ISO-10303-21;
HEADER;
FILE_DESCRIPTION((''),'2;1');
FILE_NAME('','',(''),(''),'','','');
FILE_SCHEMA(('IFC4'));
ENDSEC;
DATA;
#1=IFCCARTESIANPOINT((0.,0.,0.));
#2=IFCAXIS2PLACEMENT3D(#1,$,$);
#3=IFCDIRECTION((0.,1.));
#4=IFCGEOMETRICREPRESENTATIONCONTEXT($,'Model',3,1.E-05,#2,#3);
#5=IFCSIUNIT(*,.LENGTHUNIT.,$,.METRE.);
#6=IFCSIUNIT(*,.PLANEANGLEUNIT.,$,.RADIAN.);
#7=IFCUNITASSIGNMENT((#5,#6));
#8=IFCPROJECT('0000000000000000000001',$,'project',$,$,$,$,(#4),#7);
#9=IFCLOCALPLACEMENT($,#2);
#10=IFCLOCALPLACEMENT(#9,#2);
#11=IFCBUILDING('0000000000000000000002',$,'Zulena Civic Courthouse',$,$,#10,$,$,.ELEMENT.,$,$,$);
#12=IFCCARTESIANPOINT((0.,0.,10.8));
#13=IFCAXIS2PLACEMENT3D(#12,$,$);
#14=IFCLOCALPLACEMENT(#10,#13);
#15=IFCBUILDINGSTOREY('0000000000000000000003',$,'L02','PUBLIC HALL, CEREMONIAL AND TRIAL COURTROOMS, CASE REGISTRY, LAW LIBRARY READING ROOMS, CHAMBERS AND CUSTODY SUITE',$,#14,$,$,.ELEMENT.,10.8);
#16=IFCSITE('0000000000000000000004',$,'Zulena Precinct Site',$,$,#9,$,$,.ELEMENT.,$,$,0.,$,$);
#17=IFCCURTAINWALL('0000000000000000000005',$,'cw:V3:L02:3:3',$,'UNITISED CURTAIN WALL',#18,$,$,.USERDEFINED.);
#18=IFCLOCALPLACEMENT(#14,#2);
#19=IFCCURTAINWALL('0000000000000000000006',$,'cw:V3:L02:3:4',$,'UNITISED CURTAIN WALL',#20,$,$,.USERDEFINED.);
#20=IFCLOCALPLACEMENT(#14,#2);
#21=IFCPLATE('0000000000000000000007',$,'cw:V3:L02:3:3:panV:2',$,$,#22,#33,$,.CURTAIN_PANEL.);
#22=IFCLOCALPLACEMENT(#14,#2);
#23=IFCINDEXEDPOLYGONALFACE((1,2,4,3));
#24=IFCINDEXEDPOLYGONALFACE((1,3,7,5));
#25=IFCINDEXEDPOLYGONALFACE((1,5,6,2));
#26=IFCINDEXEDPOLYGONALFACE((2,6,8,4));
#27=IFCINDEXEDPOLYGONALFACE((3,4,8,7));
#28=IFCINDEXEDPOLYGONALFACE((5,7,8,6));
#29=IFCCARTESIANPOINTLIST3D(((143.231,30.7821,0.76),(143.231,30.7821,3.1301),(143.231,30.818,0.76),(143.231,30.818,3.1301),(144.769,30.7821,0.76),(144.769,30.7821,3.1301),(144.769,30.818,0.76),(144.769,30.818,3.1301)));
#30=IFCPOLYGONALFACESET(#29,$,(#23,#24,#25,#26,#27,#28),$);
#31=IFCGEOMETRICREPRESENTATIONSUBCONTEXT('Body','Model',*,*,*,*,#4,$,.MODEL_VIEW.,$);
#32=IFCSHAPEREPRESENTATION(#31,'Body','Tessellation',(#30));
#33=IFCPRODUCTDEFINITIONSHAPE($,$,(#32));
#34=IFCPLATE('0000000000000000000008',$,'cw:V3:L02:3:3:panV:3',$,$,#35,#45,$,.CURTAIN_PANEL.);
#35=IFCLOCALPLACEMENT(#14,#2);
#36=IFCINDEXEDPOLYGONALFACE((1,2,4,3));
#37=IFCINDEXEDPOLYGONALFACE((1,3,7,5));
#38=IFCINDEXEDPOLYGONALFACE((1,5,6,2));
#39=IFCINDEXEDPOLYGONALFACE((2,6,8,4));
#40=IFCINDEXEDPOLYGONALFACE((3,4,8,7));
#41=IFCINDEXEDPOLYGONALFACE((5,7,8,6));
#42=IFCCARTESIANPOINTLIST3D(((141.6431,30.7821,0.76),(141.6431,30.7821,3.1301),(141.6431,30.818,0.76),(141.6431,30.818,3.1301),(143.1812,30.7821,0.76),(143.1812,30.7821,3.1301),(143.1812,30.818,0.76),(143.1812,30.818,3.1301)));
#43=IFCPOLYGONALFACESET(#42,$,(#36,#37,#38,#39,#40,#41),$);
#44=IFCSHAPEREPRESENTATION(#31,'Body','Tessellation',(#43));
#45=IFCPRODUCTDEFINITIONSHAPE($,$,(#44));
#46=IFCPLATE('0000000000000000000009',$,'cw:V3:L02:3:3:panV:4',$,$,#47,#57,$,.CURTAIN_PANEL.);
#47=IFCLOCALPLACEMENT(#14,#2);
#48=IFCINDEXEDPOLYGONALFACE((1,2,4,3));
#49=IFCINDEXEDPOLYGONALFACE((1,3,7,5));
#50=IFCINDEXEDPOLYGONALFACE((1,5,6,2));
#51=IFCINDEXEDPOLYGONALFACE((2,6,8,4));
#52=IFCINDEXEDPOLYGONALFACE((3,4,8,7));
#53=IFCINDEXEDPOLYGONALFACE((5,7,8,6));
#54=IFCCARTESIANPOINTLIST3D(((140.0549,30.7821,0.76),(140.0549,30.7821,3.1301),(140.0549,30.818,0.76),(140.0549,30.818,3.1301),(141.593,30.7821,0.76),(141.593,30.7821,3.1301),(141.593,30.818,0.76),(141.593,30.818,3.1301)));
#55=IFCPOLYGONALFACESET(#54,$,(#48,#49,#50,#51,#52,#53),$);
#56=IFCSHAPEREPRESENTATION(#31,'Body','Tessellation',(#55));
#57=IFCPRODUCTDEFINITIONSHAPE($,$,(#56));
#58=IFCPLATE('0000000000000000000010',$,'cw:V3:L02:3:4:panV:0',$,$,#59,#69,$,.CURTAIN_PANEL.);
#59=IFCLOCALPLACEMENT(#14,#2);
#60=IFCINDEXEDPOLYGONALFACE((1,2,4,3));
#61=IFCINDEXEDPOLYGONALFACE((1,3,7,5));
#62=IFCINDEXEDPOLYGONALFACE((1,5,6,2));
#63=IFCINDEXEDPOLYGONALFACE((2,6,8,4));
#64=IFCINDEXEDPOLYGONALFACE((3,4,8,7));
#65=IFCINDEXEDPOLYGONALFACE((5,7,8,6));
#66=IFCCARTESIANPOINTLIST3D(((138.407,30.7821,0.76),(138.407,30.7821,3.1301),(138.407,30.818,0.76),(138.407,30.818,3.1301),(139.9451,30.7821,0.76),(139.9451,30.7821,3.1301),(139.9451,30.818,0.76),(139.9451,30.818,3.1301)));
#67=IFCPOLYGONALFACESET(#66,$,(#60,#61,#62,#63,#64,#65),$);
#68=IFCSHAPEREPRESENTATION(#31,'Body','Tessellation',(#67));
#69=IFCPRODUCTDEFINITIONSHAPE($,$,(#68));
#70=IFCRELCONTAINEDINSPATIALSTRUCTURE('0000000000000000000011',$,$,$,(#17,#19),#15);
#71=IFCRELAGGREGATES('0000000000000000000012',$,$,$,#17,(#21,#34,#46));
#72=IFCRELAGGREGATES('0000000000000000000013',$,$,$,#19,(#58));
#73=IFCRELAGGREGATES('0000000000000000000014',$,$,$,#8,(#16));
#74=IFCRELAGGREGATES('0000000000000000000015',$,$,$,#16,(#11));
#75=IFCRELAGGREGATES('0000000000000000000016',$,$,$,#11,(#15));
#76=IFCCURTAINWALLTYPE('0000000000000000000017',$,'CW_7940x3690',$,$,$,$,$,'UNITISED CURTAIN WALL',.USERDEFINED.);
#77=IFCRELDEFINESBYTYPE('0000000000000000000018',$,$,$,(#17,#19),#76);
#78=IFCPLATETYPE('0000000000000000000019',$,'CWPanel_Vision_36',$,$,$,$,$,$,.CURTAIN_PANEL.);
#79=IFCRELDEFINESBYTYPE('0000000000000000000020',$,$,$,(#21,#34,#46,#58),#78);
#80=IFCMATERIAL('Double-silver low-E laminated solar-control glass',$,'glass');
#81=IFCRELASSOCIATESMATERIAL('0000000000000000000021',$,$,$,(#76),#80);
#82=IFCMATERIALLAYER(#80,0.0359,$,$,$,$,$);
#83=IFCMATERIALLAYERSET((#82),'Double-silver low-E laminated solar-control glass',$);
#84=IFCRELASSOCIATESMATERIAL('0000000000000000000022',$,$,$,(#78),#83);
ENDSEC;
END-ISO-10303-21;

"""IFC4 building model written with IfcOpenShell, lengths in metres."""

from ifc_helpers import new_model, si_unit, direction, frame, origin, origin_2d, place, context, subcontext, project, spatial, rectangle, extrude, material, layer, layer_set, type_object, element, aggregate, save


model = new_model("IFC4")

# Units and contexts
model_context = context("Model", 3, precision=1e-05, world=origin(), true_north=direction((0.0, 1.0)))
body_context = subcontext(model_context, "Body", "Model", "MODEL_VIEW")
ifc_project = project(units=[si_unit("LENGTHUNIT", "METRE"), si_unit("PLANEANGLEUNIT", "RADIAN")], contexts=[model_context])

# Site, building, storey
site_placement = place(None, origin())
site = spatial("IfcSite", under=ifc_project, at=site_placement, Name="Zulena Precinct Site", CompositionType="ELEMENT", RefElevation=0.0)
building_placement = place(site_placement, origin())
building = spatial("IfcBuilding", under=site, at=building_placement, Name="Zulena Civic Courthouse", CompositionType="ELEMENT")
storey_placement = place(building_placement, frame((0.0, 0.0, 10.8)))
storey = spatial("IfcBuildingStorey", under=building, at=storey_placement, Name="L02", Description="PUBLIC HALL, CEREMONIAL AND TRIAL COURTROOMS, CASE REGISTRY, LAW LIBRARY READING ROOMS, CHAMBERS AND CUSTODY SUITE", CompositionType="ELEMENT", Elevation=10.8)

# Shared definitions
ifc_material_1 = material(Name="Double-silver low-E laminated solar-control glass", Category="glass")
curtain_wall_type = type_object("IfcCurtainWallType", Name="CW_7940x3690", ElementType="UNITISED CURTAIN WALL", PredefinedType="USERDEFINED", material=ifc_material_1)

# Curtain wall
curtain_wall_1_placement = place(storey_placement, origin())
curtain_wall_1 = element("IfcCurtainWall", 1, at=curtain_wall_1_placement, inside=storey, type_object=curtain_wall_type, Name="cw:V3:L02:3:3", ObjectType="UNITISED CURTAIN WALL", PredefinedType="USERDEFINED")

# Curtain wall
curtain_wall_2_placement = place(storey_placement, origin())
curtain_wall_2 = element("IfcCurtainWall", 2, at=curtain_wall_2_placement, inside=storey, type_object=curtain_wall_type, Name="cw:V3:L02:3:4", ObjectType="UNITISED CURTAIN WALL", PredefinedType="USERDEFINED")

# Plates
ifc_layer_1 = layer(ifc_material_1, 0.0359)
ifc_layer_set_1 = layer_set([ifc_layer_1], Name="Double-silver low-E laminated solar-control glass")
plate_type_1 = type_object("IfcPlateType", Name="CWPanel_Vision_36", PredefinedType="CURTAIN_PANEL", material=ifc_layer_set_1)
plate_1_placement = place(storey_placement, frame((144.0, 30.8, 0.76), z_axis=(0.0, 0.0, 1.0), x_axis=(-1.0, 0.0, 0.0)))
plate_1 = element("IfcPlate", 3, at=plate_1_placement, type_object=plate_type_1, Name="cw:V3:L02:3:3:panV:2", PredefinedType="CURTAIN_PANEL", context=body_context, shape_type="SweptSolid", body=[
    extrude(rectangle(XDim=1.5381, YDim=0.0359, at=origin_2d()), origin(), (0.0, 0.0, 1.0), 2.3701),
])
plate_2_placement = place(storey_placement, frame((142.4121, 30.8, 0.76), z_axis=(0.0, 0.0, 1.0), x_axis=(-1.0, 0.0, 0.0)))
plate_2 = element("IfcPlate", 4, at=plate_2_placement, type_object=plate_type_1, Name="cw:V3:L02:3:3:panV:3", PredefinedType="CURTAIN_PANEL", context=body_context, shape_type="SweptSolid", body=[
    extrude(rectangle(XDim=1.5381, YDim=0.0359, at=origin_2d()), origin(), (0.0, 0.0, 1.0), 2.3701),
])
plate_3_placement = place(storey_placement, frame((140.824, 30.8, 0.76), z_axis=(0.0, 0.0, 1.0), x_axis=(-1.0, 0.0, 0.0)))
plate_3 = element("IfcPlate", 5, at=plate_3_placement, type_object=plate_type_1, Name="cw:V3:L02:3:3:panV:4", PredefinedType="CURTAIN_PANEL", context=body_context, shape_type="SweptSolid", body=[
    extrude(rectangle(XDim=1.5381, YDim=0.0359, at=origin_2d()), origin(), (0.0, 0.0, 1.0), 2.3701),
])
aggregate(curtain_wall_1, [plate_1, plate_2, plate_3])
plate_4_placement = place(storey_placement, frame((139.176, 30.8, 0.76), z_axis=(0.0, 0.0, 1.0), x_axis=(-1.0, 0.0, 0.0)))
plate_4 = element("IfcPlate", 6, at=plate_4_placement, type_object=plate_type_1, Name="cw:V3:L02:3:4:panV:0", PredefinedType="CURTAIN_PANEL", context=body_context, shape_type="SweptSolid", body=[
    extrude(rectangle(XDim=1.5381, YDim=0.0359, at=origin_2d()), origin(), (0.0, 0.0, 1.0), 2.3701),
])
aggregate(curtain_wall_2, [plate_4])

save(model, "model.ifc")
